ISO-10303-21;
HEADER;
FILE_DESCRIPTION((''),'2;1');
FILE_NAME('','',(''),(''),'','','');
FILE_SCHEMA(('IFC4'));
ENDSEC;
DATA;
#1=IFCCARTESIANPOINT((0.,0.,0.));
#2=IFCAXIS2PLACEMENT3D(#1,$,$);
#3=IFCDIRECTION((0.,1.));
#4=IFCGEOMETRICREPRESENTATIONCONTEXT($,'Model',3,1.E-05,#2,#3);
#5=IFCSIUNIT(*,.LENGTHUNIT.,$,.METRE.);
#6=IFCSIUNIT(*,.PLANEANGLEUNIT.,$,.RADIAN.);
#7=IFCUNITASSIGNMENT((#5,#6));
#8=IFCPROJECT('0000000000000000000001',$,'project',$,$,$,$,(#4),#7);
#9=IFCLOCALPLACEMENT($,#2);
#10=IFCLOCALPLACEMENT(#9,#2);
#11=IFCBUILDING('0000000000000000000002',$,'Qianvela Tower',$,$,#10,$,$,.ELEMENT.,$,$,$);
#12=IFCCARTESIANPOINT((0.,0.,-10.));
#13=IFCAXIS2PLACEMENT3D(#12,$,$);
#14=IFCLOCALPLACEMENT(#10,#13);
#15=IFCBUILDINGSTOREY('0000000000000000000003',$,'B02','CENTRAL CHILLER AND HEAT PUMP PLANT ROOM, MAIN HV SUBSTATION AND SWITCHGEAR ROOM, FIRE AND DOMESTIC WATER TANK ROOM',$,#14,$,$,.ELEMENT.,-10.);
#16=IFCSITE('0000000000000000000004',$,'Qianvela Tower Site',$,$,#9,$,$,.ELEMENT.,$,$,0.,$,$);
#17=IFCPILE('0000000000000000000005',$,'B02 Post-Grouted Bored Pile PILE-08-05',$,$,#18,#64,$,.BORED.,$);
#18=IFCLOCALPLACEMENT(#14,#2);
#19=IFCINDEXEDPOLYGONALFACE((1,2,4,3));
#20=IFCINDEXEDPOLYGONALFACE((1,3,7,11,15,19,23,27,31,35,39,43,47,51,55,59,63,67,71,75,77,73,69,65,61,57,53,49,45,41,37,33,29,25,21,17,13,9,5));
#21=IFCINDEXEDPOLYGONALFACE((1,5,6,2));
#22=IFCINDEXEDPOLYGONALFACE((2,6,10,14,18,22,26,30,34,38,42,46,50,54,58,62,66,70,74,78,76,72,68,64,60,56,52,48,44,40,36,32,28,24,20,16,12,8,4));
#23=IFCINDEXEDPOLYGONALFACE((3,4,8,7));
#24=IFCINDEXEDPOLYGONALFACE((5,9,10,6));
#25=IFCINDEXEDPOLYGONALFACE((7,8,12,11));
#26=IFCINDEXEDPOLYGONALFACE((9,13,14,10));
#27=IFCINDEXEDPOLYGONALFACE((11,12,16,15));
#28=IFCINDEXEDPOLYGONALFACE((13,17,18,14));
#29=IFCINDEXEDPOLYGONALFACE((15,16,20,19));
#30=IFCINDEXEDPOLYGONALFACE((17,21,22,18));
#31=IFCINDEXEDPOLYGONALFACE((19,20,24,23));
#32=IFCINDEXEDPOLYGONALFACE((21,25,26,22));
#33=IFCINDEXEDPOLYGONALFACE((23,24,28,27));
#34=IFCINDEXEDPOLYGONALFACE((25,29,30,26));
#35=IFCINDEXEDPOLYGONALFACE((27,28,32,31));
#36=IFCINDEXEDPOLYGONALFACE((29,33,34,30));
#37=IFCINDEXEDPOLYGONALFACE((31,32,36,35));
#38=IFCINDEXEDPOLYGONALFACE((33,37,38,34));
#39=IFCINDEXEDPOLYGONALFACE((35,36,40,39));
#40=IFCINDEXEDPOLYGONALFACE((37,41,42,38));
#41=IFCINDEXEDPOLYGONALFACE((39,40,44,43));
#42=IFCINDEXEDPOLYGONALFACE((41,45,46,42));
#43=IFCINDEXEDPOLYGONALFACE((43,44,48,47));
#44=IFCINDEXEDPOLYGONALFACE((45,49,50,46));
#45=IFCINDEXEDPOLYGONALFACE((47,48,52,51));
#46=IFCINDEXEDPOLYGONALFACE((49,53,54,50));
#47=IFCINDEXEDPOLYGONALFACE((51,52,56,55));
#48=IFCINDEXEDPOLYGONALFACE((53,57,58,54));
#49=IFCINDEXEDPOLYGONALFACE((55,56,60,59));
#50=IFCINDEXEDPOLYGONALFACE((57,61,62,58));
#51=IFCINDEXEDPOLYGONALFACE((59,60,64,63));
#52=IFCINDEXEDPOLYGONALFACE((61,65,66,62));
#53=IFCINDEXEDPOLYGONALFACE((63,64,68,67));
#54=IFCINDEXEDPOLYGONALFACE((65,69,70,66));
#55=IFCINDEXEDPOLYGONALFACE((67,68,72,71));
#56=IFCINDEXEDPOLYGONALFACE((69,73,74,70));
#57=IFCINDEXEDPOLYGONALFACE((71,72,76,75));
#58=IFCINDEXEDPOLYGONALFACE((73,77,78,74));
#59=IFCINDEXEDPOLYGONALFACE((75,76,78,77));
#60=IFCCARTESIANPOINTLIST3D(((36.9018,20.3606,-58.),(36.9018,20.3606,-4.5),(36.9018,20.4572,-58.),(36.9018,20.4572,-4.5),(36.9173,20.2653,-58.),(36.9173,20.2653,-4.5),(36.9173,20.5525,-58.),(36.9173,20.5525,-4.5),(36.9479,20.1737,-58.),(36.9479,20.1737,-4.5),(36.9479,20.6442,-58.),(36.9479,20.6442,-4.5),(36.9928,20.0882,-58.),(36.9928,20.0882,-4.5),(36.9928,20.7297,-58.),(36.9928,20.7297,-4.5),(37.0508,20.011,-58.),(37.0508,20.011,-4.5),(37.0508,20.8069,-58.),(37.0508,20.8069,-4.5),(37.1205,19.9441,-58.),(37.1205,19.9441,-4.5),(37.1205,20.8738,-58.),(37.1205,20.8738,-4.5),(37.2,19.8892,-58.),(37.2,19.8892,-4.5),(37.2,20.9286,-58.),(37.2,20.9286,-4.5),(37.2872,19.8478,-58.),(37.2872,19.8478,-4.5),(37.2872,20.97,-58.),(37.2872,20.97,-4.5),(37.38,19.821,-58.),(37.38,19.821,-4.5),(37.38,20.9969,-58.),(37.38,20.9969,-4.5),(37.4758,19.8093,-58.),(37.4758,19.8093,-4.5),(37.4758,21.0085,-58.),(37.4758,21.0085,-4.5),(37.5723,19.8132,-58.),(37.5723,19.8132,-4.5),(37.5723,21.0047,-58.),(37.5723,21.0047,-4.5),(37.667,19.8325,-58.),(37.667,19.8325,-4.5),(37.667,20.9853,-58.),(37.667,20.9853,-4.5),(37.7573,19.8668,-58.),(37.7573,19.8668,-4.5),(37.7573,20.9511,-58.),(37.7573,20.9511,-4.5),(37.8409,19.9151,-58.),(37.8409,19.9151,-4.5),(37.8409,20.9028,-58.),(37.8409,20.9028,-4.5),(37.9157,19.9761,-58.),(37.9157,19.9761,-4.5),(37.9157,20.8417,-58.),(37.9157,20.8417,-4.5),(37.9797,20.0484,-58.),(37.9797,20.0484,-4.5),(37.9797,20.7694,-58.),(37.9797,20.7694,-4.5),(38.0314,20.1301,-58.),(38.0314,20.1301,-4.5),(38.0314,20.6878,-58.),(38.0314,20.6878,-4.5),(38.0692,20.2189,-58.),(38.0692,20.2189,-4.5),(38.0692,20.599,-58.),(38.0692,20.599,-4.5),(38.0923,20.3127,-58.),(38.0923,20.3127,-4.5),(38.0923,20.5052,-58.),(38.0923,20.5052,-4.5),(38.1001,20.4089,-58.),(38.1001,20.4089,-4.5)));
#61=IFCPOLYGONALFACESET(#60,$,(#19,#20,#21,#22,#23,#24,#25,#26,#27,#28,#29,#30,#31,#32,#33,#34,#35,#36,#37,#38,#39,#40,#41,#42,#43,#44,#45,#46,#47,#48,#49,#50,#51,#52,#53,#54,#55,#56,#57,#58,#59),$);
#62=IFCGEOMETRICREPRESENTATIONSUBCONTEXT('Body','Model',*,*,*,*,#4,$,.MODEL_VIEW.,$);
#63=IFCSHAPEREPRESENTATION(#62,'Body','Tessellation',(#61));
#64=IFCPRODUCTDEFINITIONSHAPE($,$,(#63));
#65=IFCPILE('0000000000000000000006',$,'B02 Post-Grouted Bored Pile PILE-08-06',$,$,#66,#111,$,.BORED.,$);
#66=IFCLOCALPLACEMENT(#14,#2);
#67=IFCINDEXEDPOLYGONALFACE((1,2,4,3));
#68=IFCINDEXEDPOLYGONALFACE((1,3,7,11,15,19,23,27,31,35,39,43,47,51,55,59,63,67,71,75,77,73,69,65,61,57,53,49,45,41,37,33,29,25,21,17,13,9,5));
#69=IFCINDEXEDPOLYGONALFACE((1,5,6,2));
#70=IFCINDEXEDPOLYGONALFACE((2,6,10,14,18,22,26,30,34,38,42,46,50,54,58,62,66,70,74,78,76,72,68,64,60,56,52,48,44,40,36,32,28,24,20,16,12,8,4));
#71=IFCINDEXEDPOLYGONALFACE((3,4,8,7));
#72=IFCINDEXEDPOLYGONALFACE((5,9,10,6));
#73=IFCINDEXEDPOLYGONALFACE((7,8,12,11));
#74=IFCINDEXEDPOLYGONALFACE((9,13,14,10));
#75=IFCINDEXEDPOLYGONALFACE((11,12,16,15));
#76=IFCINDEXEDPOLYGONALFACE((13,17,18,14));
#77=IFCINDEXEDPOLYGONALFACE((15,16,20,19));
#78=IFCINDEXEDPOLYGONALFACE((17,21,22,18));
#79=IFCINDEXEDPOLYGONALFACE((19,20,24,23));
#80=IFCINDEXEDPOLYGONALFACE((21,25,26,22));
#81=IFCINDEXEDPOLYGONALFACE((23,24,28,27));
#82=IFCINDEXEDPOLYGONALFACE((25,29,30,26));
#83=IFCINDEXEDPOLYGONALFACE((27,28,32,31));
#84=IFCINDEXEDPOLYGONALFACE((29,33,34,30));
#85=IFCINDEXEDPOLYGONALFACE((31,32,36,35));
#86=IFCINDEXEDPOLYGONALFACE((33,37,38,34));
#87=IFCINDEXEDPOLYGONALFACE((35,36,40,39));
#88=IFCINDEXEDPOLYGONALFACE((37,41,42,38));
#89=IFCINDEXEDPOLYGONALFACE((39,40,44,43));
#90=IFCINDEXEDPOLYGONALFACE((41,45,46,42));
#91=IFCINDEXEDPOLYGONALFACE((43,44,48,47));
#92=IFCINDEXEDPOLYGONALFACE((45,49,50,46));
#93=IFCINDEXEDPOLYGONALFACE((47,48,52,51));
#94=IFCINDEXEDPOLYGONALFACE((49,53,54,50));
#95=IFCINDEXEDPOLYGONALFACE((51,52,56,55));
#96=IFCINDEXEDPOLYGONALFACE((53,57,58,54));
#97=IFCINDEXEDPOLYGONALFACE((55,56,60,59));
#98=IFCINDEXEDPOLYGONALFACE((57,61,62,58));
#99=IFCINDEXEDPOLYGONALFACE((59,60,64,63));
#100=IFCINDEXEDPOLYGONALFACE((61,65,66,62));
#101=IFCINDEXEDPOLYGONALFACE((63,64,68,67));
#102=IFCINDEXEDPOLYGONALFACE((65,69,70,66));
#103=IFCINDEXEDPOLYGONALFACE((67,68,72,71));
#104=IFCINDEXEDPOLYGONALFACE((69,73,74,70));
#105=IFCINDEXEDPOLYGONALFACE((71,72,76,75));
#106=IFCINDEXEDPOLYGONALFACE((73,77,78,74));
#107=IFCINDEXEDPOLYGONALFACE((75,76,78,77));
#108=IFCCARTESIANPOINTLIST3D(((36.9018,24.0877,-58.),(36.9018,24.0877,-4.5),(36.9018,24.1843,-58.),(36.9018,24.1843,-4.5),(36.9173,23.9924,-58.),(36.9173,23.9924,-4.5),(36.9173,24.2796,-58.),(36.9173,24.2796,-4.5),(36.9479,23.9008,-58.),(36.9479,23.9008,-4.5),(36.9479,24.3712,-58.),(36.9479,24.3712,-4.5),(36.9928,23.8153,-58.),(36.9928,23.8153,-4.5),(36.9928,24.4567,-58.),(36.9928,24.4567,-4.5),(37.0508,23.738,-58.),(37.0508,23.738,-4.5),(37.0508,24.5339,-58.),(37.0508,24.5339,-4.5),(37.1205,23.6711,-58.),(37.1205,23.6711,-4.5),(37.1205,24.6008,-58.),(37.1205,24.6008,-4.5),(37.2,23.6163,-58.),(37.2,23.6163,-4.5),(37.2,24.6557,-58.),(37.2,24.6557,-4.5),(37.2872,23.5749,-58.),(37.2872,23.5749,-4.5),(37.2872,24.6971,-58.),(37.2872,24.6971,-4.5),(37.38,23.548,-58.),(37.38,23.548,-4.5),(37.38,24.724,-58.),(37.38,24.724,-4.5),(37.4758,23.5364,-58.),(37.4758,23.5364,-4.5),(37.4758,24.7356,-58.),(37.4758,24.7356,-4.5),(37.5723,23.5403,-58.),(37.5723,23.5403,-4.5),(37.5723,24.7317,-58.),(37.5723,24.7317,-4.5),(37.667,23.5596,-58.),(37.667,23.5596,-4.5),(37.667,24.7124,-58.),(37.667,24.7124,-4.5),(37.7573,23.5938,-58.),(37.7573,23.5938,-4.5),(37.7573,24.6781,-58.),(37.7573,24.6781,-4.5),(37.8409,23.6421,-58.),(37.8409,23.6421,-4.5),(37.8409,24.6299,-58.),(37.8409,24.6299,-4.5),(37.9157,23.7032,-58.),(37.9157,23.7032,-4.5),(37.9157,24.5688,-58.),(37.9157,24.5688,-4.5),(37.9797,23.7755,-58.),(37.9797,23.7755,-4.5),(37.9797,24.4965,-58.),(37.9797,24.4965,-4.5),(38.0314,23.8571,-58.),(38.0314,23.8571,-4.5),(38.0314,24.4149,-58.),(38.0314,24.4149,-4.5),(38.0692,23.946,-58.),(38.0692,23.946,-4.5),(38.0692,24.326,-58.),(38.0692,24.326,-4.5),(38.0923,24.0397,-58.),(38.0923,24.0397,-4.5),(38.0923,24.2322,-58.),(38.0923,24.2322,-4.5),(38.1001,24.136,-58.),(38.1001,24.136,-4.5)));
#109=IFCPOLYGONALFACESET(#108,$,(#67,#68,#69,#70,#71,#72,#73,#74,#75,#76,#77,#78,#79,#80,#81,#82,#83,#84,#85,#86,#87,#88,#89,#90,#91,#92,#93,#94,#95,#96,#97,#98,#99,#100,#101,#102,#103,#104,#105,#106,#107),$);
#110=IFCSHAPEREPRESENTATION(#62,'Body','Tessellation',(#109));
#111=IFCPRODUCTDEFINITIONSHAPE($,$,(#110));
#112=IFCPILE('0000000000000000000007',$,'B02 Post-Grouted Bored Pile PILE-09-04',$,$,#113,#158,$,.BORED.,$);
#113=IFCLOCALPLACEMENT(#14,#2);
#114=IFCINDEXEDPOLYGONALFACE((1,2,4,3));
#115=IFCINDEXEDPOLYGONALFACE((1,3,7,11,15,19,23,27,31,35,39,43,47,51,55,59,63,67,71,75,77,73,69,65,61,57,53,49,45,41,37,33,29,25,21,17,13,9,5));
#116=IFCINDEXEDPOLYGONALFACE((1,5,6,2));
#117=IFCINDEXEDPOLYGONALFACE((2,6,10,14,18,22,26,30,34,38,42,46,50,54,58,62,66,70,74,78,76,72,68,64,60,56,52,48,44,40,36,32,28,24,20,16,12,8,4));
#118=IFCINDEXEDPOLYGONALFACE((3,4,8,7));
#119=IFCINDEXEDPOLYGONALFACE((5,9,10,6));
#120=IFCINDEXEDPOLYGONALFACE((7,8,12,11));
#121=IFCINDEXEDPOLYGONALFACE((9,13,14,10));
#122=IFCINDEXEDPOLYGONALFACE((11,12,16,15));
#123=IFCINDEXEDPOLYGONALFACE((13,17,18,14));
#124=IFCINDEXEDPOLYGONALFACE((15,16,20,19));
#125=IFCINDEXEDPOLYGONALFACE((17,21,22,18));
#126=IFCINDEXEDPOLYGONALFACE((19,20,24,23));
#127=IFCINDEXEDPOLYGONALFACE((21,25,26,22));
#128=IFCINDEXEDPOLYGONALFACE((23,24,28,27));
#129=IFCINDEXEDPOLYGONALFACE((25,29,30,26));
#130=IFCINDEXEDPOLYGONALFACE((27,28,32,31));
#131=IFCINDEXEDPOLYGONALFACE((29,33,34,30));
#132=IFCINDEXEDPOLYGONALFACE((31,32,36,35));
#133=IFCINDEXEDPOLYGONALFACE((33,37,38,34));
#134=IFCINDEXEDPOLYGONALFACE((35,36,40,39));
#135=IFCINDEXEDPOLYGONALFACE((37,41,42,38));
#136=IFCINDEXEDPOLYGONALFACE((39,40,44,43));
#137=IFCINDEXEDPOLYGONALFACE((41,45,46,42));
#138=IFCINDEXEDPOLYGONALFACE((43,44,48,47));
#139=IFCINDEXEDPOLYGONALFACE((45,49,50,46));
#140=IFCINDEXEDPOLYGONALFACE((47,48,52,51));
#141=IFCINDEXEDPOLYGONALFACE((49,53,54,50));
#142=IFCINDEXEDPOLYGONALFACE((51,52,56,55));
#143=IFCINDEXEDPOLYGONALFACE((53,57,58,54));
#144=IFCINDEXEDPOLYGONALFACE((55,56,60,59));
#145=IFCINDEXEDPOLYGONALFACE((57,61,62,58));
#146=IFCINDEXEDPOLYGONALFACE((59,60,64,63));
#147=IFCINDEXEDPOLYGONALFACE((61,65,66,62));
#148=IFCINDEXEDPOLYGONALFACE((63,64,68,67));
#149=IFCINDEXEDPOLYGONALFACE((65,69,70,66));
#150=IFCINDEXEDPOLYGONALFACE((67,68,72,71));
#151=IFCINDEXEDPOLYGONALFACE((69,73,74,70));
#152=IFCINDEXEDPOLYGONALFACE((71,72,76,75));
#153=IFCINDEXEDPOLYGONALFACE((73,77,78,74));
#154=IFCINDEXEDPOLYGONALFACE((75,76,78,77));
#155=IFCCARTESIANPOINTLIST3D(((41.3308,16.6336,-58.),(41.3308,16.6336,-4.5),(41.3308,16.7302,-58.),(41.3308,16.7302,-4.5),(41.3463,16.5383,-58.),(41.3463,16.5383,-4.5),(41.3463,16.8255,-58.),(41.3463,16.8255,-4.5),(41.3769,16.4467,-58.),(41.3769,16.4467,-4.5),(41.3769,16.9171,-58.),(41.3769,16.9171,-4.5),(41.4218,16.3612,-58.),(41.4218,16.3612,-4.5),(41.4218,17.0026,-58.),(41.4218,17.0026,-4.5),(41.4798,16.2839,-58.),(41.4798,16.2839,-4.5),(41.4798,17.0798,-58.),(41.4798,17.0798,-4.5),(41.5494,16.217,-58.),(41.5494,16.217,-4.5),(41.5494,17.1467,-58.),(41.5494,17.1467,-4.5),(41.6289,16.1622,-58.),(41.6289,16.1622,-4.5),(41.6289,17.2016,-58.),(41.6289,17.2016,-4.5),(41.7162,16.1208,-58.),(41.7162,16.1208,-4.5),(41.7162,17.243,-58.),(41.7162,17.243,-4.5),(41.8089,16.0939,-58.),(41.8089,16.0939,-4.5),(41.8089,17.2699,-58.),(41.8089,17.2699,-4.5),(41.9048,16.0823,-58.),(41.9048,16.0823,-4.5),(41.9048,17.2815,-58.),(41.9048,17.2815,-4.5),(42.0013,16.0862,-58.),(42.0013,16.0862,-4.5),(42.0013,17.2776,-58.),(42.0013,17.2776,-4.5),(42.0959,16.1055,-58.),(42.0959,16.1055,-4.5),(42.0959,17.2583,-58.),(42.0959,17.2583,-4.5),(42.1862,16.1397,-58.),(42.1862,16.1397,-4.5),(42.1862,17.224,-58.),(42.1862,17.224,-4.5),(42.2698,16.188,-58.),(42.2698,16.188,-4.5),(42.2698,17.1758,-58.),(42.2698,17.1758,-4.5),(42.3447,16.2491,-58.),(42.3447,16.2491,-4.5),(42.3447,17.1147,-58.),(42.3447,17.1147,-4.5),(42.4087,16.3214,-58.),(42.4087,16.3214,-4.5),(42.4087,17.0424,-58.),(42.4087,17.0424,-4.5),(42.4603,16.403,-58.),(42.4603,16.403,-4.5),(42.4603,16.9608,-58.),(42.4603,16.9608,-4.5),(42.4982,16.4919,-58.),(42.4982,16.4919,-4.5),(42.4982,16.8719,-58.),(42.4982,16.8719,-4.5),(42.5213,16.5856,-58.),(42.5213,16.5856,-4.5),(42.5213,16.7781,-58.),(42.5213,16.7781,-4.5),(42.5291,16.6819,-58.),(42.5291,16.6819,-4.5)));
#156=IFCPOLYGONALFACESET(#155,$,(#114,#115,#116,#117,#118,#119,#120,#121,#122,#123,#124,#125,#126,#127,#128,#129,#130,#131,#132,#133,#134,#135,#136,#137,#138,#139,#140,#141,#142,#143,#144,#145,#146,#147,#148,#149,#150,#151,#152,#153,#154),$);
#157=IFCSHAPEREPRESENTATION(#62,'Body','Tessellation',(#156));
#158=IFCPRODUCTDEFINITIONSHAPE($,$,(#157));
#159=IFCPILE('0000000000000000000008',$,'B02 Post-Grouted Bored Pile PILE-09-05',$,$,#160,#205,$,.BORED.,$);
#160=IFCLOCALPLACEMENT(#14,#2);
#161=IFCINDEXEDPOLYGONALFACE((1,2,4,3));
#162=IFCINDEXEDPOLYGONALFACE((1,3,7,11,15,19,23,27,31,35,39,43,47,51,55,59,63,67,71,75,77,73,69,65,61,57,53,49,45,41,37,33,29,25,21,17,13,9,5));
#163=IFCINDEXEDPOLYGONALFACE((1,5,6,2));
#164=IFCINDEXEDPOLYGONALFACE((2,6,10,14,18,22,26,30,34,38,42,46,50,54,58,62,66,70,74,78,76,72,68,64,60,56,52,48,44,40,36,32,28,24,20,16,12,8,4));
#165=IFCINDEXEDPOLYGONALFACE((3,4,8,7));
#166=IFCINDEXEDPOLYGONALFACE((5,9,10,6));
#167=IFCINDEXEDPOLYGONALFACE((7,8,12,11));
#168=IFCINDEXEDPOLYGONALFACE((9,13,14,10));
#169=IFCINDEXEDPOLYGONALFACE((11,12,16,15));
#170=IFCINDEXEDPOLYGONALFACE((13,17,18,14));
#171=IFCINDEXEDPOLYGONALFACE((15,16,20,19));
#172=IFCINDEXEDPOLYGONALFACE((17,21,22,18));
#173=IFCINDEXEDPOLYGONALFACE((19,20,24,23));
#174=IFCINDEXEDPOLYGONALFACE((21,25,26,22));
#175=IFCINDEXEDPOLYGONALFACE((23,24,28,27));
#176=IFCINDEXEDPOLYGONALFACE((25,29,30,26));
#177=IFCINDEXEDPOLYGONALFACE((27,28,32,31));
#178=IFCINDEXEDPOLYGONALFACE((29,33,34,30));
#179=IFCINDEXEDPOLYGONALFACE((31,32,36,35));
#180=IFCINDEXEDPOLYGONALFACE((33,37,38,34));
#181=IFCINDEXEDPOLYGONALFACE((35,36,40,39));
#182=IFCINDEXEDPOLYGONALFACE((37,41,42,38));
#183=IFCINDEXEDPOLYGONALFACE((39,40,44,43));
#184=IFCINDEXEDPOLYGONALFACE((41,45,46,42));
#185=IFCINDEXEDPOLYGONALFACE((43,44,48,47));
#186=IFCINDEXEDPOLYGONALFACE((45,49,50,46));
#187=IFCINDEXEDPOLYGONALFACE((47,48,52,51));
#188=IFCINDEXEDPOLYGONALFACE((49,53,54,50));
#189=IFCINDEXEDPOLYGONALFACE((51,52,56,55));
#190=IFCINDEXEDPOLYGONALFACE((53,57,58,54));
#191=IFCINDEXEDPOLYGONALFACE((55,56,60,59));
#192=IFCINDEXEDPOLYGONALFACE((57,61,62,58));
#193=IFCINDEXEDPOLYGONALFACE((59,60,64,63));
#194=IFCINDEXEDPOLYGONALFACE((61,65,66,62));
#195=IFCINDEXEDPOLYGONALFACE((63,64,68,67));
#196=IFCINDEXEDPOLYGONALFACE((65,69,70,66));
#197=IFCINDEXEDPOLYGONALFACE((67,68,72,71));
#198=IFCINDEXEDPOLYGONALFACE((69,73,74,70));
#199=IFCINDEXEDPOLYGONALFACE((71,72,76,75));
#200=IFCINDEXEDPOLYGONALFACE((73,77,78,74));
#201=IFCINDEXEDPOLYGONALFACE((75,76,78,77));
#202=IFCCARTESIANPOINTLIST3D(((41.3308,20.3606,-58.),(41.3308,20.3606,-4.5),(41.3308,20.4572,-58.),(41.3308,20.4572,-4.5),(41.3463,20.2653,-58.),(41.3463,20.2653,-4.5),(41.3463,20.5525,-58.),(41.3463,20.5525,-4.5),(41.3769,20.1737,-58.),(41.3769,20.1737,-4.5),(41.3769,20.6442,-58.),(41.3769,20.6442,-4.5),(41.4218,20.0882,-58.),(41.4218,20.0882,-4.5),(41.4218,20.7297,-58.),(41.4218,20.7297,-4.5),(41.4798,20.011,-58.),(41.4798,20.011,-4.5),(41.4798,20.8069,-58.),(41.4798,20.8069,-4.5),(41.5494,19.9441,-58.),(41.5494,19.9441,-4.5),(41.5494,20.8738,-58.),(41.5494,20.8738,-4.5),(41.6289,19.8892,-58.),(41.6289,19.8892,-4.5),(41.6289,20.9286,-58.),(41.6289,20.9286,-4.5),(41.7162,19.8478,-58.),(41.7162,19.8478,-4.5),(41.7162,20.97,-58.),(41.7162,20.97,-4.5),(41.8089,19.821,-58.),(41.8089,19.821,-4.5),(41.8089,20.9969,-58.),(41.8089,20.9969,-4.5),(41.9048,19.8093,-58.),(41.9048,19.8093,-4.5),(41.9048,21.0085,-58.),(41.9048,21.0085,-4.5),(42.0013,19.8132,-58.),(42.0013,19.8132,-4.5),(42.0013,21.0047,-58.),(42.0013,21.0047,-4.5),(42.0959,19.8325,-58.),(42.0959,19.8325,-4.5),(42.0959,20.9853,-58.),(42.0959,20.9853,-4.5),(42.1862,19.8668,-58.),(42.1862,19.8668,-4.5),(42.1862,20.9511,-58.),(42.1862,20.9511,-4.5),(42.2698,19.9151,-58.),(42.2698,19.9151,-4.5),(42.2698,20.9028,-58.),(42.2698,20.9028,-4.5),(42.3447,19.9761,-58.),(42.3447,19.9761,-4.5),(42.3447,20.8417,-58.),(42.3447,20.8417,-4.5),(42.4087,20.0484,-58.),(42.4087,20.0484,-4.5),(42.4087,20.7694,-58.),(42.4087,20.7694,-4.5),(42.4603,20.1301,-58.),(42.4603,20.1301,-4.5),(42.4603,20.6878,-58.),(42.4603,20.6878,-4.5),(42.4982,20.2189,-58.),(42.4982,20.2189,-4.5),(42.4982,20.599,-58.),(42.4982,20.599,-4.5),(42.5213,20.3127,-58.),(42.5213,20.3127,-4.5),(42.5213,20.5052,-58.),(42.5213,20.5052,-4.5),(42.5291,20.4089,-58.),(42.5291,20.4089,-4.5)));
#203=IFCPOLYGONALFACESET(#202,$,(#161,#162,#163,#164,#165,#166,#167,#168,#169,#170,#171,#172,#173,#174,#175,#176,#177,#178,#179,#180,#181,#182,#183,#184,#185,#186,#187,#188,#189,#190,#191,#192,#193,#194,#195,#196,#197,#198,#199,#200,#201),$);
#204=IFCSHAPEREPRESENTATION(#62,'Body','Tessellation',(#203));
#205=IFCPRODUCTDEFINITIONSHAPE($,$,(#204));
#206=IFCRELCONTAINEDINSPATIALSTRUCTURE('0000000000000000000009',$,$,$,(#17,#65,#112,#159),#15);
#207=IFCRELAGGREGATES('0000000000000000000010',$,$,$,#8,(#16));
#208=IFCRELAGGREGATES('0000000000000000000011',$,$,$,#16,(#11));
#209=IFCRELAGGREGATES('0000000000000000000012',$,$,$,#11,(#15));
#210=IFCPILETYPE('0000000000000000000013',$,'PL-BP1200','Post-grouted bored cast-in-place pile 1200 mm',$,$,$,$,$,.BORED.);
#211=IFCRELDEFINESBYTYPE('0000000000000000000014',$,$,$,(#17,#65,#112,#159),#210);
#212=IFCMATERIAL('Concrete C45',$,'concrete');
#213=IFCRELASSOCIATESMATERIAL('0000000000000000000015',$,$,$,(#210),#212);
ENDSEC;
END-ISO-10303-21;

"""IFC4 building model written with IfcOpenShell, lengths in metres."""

from ifc_helpers import new_model, si_unit, direction, frame, origin, origin_2d, place, context, subcontext, project, spatial, circle, extrude, material, material_profile, profile_set, type_object, element, save


model = new_model("IFC4")

# Units and contexts
model_context = context("Model", 3, precision=1e-05, world=origin(), true_north=direction((0.0, 1.0)))
body_context = subcontext(model_context, "Body", "Model", "MODEL_VIEW")
ifc_project = project(units=[si_unit("LENGTHUNIT", "METRE"), si_unit("PLANEANGLEUNIT", "RADIAN")], contexts=[model_context])

# Site, building, storey
site_placement = place(None, origin())
site = spatial("IfcSite", under=ifc_project, at=site_placement, Name="Qianvela Tower Site", CompositionType="ELEMENT", RefElevation=0.0)
building_placement = place(site_placement, origin())
building = spatial("IfcBuilding", under=site, at=building_placement, Name="Qianvela Tower", CompositionType="ELEMENT")
storey_placement = place(building_placement, frame((0.0, 0.0, -10.0)))
storey = spatial("IfcBuildingStorey", under=building, at=storey_placement, Name="B02", Description="CENTRAL CHILLER AND HEAT PUMP PLANT ROOM, MAIN HV SUBSTATION AND SWITCHGEAR ROOM, FIRE AND DOMESTIC WATER TANK ROOM", CompositionType="ELEMENT", Elevation=-10.0)

# Piles
ifc_material_1 = material(Name="Concrete C45", Category="concrete")
ifc_material_profile_1 = material_profile(ifc_material_1, circle(Radius=0.6001, at=origin_2d()), Name="BP-1200")
ifc_profile_set_1 = profile_set([ifc_material_profile_1], Name="Concrete C45")
pile_type = type_object("IfcPileType", Name="PL-BP1200", Description="Post-grouted bored cast-in-place pile 1200 mm", PredefinedType="BORED", material=ifc_profile_set_1)
for number, where, z_axis, x_axis, name in (
    (1, (37.5, 20.4089, -4.5), (0.0, 0.0, -1.0), (1.0, 0.0, 0.0), "B02 Post-Grouted Bored Pile PILE-08-05"),
    (2, (37.5, 24.136, -4.5), (0.0, 0.0, -1.0), (1.0, 0.0, 0.0), "B02 Post-Grouted Bored Pile PILE-08-06"),
    (3, (41.929, 16.6819, -4.5), (0.0, 0.0, -1.0), (1.0, 0.0, 0.0), "B02 Post-Grouted Bored Pile PILE-09-04"),
    (4, (41.929, 20.4089, -4.5), (0.0, 0.0, -1.0), (1.0, 0.0, 0.0), "B02 Post-Grouted Bored Pile PILE-09-05"),
):
    element("IfcPile", number, at=place(storey_placement, frame(where, z_axis=z_axis, x_axis=x_axis)), inside=storey, type_object=pile_type, Name=name, PredefinedType="BORED", context=body_context, shape_type="SweptSolid", body=[
        extrude(circle(Radius=0.6001, at=origin_2d()), origin(), (0.0, 0.0, 1.0), 53.5),
    ])

save(model, "model.ifc")
